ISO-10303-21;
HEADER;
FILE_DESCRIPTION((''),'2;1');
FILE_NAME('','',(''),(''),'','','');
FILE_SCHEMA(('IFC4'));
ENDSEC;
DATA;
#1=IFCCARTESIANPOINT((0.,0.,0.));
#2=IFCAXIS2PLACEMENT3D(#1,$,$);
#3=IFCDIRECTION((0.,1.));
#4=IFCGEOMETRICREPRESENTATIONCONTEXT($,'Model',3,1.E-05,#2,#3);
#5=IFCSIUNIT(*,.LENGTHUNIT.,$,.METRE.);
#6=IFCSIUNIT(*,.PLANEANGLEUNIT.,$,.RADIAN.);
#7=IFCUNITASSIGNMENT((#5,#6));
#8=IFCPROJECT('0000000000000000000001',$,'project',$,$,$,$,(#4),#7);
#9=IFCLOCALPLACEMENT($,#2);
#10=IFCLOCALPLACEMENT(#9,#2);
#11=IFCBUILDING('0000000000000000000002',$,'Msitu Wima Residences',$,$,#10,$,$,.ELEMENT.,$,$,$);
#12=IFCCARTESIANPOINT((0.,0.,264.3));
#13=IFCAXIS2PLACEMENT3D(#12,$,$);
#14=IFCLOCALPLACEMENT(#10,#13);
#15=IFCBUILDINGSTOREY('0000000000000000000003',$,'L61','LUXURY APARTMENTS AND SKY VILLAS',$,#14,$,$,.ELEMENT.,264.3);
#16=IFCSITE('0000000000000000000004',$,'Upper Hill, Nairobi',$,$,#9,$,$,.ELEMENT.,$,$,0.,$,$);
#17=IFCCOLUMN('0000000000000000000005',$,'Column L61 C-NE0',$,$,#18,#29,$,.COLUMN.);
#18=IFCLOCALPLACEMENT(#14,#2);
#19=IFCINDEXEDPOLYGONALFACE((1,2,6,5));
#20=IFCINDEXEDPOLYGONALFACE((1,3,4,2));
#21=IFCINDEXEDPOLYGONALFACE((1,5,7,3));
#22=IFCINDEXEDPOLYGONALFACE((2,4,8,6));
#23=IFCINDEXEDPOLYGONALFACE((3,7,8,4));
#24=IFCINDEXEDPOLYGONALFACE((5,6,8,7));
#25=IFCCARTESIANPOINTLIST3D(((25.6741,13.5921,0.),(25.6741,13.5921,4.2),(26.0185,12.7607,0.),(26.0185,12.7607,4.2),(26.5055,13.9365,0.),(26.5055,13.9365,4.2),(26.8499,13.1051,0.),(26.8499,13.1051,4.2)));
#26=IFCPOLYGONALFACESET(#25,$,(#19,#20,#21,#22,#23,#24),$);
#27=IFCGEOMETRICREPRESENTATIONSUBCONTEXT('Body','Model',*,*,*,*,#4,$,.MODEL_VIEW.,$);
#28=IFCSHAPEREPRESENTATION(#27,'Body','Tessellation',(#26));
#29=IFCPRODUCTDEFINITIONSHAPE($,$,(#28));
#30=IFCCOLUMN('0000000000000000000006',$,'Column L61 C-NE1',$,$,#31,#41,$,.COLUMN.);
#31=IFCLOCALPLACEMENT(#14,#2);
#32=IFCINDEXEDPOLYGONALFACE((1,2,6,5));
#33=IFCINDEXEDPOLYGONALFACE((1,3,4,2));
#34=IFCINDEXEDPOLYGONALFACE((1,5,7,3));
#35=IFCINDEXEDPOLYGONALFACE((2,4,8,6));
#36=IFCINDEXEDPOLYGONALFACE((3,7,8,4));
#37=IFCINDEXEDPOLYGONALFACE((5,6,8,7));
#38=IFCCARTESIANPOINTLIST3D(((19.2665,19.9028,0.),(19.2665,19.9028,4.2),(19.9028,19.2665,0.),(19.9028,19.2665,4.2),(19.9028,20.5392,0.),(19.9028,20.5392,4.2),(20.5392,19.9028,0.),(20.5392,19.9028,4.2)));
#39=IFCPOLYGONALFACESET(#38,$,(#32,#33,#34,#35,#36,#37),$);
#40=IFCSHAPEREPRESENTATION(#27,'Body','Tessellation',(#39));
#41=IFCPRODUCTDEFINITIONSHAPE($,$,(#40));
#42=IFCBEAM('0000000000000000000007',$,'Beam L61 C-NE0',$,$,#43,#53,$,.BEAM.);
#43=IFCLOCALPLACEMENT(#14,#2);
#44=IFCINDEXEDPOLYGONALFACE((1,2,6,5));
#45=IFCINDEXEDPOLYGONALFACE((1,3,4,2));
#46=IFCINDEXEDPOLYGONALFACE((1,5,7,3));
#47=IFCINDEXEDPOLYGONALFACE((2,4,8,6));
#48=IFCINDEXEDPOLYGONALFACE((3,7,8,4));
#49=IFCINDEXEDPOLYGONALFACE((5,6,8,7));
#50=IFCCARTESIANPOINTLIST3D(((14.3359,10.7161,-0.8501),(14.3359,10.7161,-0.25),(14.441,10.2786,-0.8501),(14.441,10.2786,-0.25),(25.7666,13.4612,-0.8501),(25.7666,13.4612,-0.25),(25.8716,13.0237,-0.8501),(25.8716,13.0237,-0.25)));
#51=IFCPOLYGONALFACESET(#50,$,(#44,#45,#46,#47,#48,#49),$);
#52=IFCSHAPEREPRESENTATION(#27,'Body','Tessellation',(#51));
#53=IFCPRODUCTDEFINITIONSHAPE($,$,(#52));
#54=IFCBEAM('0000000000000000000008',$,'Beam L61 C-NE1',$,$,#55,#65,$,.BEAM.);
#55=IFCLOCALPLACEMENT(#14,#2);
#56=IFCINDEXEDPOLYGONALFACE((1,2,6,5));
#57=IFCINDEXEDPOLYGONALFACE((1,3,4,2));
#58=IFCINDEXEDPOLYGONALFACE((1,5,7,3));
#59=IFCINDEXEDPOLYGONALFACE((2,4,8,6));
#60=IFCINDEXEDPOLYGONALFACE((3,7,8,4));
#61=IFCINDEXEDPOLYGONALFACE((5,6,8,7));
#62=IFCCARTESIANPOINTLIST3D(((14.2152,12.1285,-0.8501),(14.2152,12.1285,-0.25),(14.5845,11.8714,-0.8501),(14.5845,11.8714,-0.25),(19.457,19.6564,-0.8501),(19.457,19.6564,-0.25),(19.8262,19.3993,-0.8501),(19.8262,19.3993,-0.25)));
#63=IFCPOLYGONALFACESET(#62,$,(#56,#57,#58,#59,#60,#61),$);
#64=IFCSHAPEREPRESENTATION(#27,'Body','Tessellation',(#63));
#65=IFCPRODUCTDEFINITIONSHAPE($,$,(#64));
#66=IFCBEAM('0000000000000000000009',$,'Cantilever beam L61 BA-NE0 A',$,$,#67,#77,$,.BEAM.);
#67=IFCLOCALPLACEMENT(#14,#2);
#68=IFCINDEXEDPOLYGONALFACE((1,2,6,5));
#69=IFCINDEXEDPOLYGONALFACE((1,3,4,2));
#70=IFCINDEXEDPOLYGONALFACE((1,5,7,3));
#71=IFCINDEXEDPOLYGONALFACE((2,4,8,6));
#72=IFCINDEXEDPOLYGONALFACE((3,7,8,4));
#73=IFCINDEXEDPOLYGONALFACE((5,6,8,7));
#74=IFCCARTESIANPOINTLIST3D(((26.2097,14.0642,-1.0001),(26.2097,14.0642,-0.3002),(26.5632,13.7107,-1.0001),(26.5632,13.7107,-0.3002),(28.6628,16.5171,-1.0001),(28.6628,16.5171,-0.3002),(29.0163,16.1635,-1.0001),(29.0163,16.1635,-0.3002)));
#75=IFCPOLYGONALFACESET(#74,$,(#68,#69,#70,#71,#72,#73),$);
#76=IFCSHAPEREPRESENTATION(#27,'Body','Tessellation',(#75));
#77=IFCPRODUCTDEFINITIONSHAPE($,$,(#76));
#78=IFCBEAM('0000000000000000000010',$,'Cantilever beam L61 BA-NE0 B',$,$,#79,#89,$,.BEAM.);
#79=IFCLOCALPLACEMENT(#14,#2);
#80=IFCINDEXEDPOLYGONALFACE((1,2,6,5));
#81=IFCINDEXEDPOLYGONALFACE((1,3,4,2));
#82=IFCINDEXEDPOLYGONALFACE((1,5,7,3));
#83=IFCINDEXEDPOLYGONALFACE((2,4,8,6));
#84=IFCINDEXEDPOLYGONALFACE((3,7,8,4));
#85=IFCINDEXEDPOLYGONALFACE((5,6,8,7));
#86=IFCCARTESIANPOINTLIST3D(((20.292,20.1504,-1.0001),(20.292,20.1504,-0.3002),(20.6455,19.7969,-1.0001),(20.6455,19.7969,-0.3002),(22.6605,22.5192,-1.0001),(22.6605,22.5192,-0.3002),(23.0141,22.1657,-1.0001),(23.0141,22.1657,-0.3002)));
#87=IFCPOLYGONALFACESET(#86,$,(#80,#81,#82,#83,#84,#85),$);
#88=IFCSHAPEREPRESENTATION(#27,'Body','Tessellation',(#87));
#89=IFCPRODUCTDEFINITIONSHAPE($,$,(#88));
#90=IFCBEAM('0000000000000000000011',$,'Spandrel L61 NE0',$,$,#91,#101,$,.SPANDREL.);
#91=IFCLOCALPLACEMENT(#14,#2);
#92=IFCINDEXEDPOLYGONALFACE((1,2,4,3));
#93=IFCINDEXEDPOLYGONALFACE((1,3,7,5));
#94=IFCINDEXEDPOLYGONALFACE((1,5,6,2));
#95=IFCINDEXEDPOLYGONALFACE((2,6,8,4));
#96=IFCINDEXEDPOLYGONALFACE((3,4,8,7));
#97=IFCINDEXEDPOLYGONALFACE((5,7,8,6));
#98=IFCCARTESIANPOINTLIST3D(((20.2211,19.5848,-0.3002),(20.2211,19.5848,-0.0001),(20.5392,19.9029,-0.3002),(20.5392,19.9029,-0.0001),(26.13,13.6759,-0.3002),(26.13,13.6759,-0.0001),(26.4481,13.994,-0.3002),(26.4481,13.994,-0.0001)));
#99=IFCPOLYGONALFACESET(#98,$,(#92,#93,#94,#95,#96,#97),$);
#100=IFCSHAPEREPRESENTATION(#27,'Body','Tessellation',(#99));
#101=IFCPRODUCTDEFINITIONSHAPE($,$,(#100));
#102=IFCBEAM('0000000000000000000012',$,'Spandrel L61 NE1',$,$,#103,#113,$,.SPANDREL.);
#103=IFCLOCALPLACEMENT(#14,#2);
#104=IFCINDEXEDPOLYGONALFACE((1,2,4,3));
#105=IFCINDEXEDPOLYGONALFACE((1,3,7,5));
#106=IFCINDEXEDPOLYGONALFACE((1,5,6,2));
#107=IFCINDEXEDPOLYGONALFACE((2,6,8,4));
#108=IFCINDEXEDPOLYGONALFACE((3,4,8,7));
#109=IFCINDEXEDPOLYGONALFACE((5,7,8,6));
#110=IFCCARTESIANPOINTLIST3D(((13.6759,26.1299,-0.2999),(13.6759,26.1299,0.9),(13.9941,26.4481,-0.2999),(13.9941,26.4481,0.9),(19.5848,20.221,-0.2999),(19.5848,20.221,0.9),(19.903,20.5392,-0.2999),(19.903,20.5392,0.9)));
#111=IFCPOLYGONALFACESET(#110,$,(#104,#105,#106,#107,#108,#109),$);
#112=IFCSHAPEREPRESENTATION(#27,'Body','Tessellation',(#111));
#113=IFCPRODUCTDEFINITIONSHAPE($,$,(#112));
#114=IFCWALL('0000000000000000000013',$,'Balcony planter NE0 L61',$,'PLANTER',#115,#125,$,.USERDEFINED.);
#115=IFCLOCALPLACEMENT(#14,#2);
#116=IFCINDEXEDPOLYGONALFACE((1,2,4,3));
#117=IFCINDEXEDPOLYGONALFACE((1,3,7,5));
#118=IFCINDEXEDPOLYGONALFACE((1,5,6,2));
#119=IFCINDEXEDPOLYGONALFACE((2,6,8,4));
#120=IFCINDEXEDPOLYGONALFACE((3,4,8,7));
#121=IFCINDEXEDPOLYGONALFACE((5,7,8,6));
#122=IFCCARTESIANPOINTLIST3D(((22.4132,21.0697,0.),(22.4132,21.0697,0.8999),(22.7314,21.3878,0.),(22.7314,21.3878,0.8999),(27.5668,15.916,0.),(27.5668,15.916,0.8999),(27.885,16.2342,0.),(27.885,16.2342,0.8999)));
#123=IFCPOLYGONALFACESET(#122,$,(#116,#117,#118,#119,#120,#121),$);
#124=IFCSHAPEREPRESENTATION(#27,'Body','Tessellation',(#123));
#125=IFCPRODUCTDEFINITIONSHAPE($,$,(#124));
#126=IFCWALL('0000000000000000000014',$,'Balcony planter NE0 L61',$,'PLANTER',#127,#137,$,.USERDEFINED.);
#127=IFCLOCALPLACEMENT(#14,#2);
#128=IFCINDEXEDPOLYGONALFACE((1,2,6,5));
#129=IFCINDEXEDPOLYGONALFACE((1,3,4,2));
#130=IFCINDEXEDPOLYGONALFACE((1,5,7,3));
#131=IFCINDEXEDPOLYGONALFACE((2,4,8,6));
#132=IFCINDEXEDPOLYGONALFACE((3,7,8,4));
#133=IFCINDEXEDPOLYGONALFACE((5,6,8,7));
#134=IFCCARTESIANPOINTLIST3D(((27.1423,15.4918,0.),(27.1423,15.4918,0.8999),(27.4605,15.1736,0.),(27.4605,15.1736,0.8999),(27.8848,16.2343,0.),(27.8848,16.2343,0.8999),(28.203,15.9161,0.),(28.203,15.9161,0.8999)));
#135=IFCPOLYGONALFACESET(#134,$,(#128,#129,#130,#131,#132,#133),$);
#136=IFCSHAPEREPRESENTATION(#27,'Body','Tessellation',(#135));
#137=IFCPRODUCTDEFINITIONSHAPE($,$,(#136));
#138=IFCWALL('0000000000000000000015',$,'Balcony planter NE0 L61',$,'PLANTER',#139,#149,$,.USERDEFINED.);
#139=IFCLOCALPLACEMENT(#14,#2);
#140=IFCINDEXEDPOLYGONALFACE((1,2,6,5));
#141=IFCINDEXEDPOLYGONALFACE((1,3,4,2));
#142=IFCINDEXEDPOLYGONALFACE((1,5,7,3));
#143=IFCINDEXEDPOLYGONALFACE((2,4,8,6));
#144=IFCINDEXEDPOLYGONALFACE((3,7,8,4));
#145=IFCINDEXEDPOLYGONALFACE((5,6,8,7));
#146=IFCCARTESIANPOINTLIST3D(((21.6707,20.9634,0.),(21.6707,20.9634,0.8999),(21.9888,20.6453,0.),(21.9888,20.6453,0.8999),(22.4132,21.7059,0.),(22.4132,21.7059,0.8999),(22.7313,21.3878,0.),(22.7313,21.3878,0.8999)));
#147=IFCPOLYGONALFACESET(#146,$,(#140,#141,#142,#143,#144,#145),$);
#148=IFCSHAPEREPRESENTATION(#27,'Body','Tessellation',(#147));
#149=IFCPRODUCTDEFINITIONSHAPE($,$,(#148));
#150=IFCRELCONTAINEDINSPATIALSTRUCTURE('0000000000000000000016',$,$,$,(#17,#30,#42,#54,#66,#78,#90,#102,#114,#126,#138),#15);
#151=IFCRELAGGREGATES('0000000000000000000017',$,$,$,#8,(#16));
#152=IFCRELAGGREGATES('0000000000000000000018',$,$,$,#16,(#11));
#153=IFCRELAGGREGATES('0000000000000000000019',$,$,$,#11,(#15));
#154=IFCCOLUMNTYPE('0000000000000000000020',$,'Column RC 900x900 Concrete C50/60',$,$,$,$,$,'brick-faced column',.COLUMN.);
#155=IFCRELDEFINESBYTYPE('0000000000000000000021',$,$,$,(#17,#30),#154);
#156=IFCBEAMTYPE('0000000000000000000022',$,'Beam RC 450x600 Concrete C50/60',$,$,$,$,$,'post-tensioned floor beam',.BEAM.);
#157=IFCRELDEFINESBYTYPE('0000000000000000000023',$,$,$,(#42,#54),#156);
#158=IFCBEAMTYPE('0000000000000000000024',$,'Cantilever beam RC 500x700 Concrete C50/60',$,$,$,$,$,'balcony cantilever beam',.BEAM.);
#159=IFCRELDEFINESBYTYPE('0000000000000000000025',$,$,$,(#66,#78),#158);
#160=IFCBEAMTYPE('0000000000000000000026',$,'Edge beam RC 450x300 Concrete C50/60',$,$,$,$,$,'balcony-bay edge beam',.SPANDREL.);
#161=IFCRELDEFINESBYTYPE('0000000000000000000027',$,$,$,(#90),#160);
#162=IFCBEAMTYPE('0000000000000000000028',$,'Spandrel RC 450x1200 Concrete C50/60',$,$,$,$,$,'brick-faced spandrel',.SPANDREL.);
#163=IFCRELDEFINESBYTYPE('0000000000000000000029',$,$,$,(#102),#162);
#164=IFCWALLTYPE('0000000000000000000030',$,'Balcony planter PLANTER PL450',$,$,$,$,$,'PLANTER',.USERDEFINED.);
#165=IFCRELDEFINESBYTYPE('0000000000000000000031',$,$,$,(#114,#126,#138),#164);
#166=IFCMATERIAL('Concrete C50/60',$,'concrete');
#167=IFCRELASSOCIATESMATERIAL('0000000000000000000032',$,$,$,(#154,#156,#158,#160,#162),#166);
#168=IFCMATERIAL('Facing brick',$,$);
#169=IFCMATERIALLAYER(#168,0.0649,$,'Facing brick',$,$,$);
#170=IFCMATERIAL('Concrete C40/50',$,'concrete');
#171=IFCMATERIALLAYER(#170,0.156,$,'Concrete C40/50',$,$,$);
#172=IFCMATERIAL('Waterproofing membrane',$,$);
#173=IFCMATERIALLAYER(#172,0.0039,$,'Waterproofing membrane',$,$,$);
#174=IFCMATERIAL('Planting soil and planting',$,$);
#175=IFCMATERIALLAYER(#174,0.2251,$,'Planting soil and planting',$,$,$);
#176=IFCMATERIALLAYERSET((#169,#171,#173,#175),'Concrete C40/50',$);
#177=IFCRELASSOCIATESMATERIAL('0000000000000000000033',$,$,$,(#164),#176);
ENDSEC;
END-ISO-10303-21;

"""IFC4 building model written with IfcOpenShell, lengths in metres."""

from ifc_helpers import new_model, si_unit, direction, frame, frame_2d, origin, origin_2d, place, context, subcontext, project, spatial, rectangle, extrude, material, layer, layer_set, material_profile, profile_set, type_object, element, save


model = new_model("IFC4")

# Units and contexts
model_context = context("Model", 3, precision=1e-05, world=origin(), true_north=direction((0.0, 1.0)))
body_context = subcontext(model_context, "Body", "Model", "MODEL_VIEW")
ifc_project = project(units=[si_unit("LENGTHUNIT", "METRE"), si_unit("PLANEANGLEUNIT", "RADIAN")], contexts=[model_context])

# Site, building, storey
site_placement = place(None, origin())
site = spatial("IfcSite", under=ifc_project, at=site_placement, Name="Upper Hill, Nairobi", CompositionType="ELEMENT", RefElevation=0.0)
building_placement = place(site_placement, origin())
building = spatial("IfcBuilding", under=site, at=building_placement, Name="Msitu Wima Residences", CompositionType="ELEMENT")
storey_placement = place(building_placement, frame((0.0, 0.0, 264.3)))
storey = spatial("IfcBuildingStorey", under=building, at=storey_placement, Name="L61", Description="LUXURY APARTMENTS AND SKY VILLAS", CompositionType="ELEMENT", Elevation=264.3)

# Columns
ifc_material_1 = material(Name="Concrete C50/60", Category="concrete")
ifc_material_profile_1 = material_profile(ifc_material_1, rectangle(XDim=0.8999, YDim=0.8999, at=origin_2d()), Name="RC 900x900")
ifc_profile_set_1 = profile_set([ifc_material_profile_1], Name="Concrete C50/60")
column_type = type_object("IfcColumnType", Name="Column RC 900x900 Concrete C50/60", ElementType="brick-faced column", PredefinedType="COLUMN", material=ifc_profile_set_1)
for number, where, z_axis, x_axis, name in (
    (1, (26.262, 13.3486, 0.0), (0.0, 0.0, 1.0), (-0.382683, 0.92388, 0.0), "Column L61 C-NE0"),
    (2, (19.9028, 19.9028, 0.0), (0.0, 0.0, 1.0), (-0.707107, 0.707107, 0.0), "Column L61 C-NE1"),
):
    element("IfcColumn", number, at=place(storey_placement, frame(where, z_axis=z_axis, x_axis=x_axis)), inside=storey, type_object=column_type, Name=name, PredefinedType="COLUMN", context=body_context, shape_type="SweptSolid", body=[
        extrude(rectangle(XDim=0.8999, YDim=0.8999, at=origin_2d()), origin(), (0.0, 0.0, 1.0), 4.2),
    ])

# Beams
ifc_material_profile_2 = material_profile(ifc_material_1, rectangle(XDim=0.45, YDim=0.6001, at=origin_2d()), Name="RC 450x600")
ifc_profile_set_2 = profile_set([ifc_material_profile_2], Name="Concrete C50/60")
beam_type_1 = type_object("IfcBeamType", Name="Beam RC 450x600 Concrete C50/60", ElementType="post-tensioned floor beam", PredefinedType="BEAM", material=ifc_profile_set_2)
beam_1_placement = place(storey_placement, frame((25.8191, 13.2424, -0.55), z_axis=(-0.972353, -0.233514, 0.0), x_axis=(0.233514, -0.972353, 0.0)))
element("IfcBeam", 3, at=beam_1_placement, inside=storey, type_object=beam_type_1, Name="Beam L61 C-NE0", PredefinedType="BEAM", context=body_context, shape_type="SweptSolid", body=[
    extrude(rectangle(XDim=0.45, YDim=0.6001, at=origin_2d()), origin(), (0.0, 0.0, 1.0), 11.7556),
])
beam_2_placement = place(storey_placement, frame((19.6416, 19.5278, -0.55), z_axis=(-0.571428, -0.820652, 0.0), x_axis=(0.820652, -0.571428, 0.0)))
element("IfcBeam", 4, at=beam_2_placement, inside=storey, type_object=beam_type_1, Name="Beam L61 C-NE1", PredefinedType="BEAM", context=body_context, shape_type="SweptSolid", body=[
    extrude(rectangle(XDim=0.45, YDim=0.6001, at=origin_2d()), origin(), (0.0, 0.0, 1.0), 9.1731),
])
ifc_material_profile_3 = material_profile(ifc_material_1, rectangle(XDim=0.5, YDim=0.7, at=origin_2d()), Name="RC 500x700")
ifc_profile_set_3 = profile_set([ifc_material_profile_3], Name="Concrete C50/60")
beam_type_2 = type_object("IfcBeamType", Name="Cantilever beam RC 500x700 Concrete C50/60", ElementType="balcony cantilever beam", PredefinedType="BEAM", material=ifc_profile_set_3)
beam_3_placement = place(storey_placement, frame((26.3865, 13.8875, -0.6501), z_axis=(0.707142, 0.707072, 0.0), x_axis=(-0.707072, 0.707142, 0.0)))
element("IfcBeam", 5, at=beam_3_placement, inside=storey, type_object=beam_type_2, Name="Cantilever beam L61 BA-NE0 A", PredefinedType="BEAM", context=body_context, shape_type="SweptSolid", body=[
    extrude(rectangle(XDim=0.5, YDim=0.7, at=origin_2d()), origin(), (0.0, 0.0, 1.0), 3.469),
])
beam_4_placement = place(storey_placement, frame((20.4688, 19.9736, -0.6501), z_axis=(0.70707, 0.707143, 0.0), x_axis=(-0.707143, 0.70707, 0.0)))
element("IfcBeam", 6, at=beam_4_placement, inside=storey, type_object=beam_type_2, Name="Cantilever beam L61 BA-NE0 B", PredefinedType="BEAM", context=body_context, shape_type="SweptSolid", body=[
    extrude(rectangle(XDim=0.5, YDim=0.7, at=origin_2d()), origin(), (0.0, 0.0, 1.0), 3.3499),
])
ifc_material_profile_4 = material_profile(ifc_material_1, rectangle(XDim=0.45, YDim=0.3, at=origin_2d()), Name="RC 450x300")
ifc_profile_set_4 = profile_set([ifc_material_profile_4], Name="Concrete C50/60")
beam_type_3 = type_object("IfcBeamType", Name="Edge beam RC 450x300 Concrete C50/60", ElementType="balcony-bay edge beam", PredefinedType="SPANDREL", material=ifc_profile_set_4)
beam_5_placement = place(storey_placement, frame((26.2891, 13.835, -0.1501), z_axis=(-0.707107, 0.707107, 0.0), x_axis=(-0.707107, -0.707107, 0.0)))
element("IfcBeam", 7, at=beam_5_placement, inside=storey, type_object=beam_type_3, Name="Spandrel L61 NE0", PredefinedType="SPANDREL", context=body_context, shape_type="SweptSolid", body=[
    extrude(rectangle(XDim=0.45, YDim=0.3, at=origin_2d()), origin(), (0.0, 0.0, 1.0), 8.3564),
])
ifc_material_profile_5 = material_profile(ifc_material_1, rectangle(XDim=0.45, YDim=1.2, at=origin_2d()), Name="RC 450x1200")
ifc_profile_set_5 = profile_set([ifc_material_profile_5], Name="Concrete C50/60")
beam_type_4 = type_object("IfcBeamType", Name="Spandrel RC 450x1200 Concrete C50/60", ElementType="brick-faced spandrel", PredefinedType="SPANDREL", material=ifc_profile_set_5)
beam_6_placement = place(storey_placement, frame((19.7439, 20.3801, 0.3), z_axis=(-0.707107, 0.707107, 0.0), x_axis=(-0.707107, -0.707107, 0.0)))
element("IfcBeam", 8, at=beam_6_placement, inside=storey, type_object=beam_type_4, Name="Spandrel L61 NE1", PredefinedType="SPANDREL", context=body_context, shape_type="SweptSolid", body=[
    extrude(rectangle(XDim=0.45, YDim=1.2, at=origin_2d()), origin(), (0.0, 0.0, 1.0), 8.3564),
])

# Walls
ifc_material_2 = material(Name="Facing brick")
ifc_layer_1 = layer(ifc_material_2, 0.0649, Name="Facing brick")
ifc_material_3 = material(Name="Concrete C40/50", Category="concrete")
ifc_layer_2 = layer(ifc_material_3, 0.156, Name="Concrete C40/50")
ifc_material_4 = material(Name="Waterproofing membrane")
ifc_layer_3 = layer(ifc_material_4, 0.0039, Name="Waterproofing membrane")
ifc_material_5 = material(Name="Planting soil and planting")
ifc_layer_4 = layer(ifc_material_5, 0.2251, Name="Planting soil and planting")
ifc_layer_set_1 = layer_set([ifc_layer_1, ifc_layer_2, ifc_layer_3, ifc_layer_4], Name="Concrete C40/50")
wall_type_1 = type_object("IfcWallType", Name="Balcony planter PLANTER PL450", ElementType="PLANTER", PredefinedType="USERDEFINED", material=ifc_layer_set_1)
wall_1_placement = place(storey_placement, frame((27.7258, 16.0752, 0.0), z_axis=(0.0, 0.0, 1.0), x_axis=(-0.707107, 0.707107, 0.0)))
element("IfcWall", 9, at=wall_1_placement, inside=storey, type_object=wall_type_1, Name="Balcony planter NE0 L61", ObjectType="PLANTER", PredefinedType="USERDEFINED", context=body_context, shape_type="SweptSolid", body=[
    extrude(rectangle(XDim=7.2883, YDim=0.45, at=frame_2d((3.644, 0.0))), origin(), (0.0, 0.0, 1.0), 0.8999),
])
for number, where, z_axis, x_axis, name in (
    (10, (27.3015, 15.3328, 0.0), (0.0, 0.0, 1.0), (0.707107, 0.707107, 0.0), "Balcony planter NE0 L61"),
    (11, (21.8298, 20.8044, 0.0), (0.0, 0.0, 1.0), (0.707107, 0.707107, 0.0), "Balcony planter NE0 L61"),
):
    element("IfcWall", number, at=place(storey_placement, frame(where, z_axis=z_axis, x_axis=x_axis)), inside=storey, type_object=wall_type_1, Name=name, ObjectType="PLANTER", PredefinedType="USERDEFINED", context=body_context, shape_type="SweptSolid", body=[
        extrude(rectangle(XDim=1.05, YDim=0.45, at=frame_2d((0.5249, 0.0))), origin(), (0.0, 0.0, 1.0), 0.8999),
    ])

save(model, "model.ifc")
